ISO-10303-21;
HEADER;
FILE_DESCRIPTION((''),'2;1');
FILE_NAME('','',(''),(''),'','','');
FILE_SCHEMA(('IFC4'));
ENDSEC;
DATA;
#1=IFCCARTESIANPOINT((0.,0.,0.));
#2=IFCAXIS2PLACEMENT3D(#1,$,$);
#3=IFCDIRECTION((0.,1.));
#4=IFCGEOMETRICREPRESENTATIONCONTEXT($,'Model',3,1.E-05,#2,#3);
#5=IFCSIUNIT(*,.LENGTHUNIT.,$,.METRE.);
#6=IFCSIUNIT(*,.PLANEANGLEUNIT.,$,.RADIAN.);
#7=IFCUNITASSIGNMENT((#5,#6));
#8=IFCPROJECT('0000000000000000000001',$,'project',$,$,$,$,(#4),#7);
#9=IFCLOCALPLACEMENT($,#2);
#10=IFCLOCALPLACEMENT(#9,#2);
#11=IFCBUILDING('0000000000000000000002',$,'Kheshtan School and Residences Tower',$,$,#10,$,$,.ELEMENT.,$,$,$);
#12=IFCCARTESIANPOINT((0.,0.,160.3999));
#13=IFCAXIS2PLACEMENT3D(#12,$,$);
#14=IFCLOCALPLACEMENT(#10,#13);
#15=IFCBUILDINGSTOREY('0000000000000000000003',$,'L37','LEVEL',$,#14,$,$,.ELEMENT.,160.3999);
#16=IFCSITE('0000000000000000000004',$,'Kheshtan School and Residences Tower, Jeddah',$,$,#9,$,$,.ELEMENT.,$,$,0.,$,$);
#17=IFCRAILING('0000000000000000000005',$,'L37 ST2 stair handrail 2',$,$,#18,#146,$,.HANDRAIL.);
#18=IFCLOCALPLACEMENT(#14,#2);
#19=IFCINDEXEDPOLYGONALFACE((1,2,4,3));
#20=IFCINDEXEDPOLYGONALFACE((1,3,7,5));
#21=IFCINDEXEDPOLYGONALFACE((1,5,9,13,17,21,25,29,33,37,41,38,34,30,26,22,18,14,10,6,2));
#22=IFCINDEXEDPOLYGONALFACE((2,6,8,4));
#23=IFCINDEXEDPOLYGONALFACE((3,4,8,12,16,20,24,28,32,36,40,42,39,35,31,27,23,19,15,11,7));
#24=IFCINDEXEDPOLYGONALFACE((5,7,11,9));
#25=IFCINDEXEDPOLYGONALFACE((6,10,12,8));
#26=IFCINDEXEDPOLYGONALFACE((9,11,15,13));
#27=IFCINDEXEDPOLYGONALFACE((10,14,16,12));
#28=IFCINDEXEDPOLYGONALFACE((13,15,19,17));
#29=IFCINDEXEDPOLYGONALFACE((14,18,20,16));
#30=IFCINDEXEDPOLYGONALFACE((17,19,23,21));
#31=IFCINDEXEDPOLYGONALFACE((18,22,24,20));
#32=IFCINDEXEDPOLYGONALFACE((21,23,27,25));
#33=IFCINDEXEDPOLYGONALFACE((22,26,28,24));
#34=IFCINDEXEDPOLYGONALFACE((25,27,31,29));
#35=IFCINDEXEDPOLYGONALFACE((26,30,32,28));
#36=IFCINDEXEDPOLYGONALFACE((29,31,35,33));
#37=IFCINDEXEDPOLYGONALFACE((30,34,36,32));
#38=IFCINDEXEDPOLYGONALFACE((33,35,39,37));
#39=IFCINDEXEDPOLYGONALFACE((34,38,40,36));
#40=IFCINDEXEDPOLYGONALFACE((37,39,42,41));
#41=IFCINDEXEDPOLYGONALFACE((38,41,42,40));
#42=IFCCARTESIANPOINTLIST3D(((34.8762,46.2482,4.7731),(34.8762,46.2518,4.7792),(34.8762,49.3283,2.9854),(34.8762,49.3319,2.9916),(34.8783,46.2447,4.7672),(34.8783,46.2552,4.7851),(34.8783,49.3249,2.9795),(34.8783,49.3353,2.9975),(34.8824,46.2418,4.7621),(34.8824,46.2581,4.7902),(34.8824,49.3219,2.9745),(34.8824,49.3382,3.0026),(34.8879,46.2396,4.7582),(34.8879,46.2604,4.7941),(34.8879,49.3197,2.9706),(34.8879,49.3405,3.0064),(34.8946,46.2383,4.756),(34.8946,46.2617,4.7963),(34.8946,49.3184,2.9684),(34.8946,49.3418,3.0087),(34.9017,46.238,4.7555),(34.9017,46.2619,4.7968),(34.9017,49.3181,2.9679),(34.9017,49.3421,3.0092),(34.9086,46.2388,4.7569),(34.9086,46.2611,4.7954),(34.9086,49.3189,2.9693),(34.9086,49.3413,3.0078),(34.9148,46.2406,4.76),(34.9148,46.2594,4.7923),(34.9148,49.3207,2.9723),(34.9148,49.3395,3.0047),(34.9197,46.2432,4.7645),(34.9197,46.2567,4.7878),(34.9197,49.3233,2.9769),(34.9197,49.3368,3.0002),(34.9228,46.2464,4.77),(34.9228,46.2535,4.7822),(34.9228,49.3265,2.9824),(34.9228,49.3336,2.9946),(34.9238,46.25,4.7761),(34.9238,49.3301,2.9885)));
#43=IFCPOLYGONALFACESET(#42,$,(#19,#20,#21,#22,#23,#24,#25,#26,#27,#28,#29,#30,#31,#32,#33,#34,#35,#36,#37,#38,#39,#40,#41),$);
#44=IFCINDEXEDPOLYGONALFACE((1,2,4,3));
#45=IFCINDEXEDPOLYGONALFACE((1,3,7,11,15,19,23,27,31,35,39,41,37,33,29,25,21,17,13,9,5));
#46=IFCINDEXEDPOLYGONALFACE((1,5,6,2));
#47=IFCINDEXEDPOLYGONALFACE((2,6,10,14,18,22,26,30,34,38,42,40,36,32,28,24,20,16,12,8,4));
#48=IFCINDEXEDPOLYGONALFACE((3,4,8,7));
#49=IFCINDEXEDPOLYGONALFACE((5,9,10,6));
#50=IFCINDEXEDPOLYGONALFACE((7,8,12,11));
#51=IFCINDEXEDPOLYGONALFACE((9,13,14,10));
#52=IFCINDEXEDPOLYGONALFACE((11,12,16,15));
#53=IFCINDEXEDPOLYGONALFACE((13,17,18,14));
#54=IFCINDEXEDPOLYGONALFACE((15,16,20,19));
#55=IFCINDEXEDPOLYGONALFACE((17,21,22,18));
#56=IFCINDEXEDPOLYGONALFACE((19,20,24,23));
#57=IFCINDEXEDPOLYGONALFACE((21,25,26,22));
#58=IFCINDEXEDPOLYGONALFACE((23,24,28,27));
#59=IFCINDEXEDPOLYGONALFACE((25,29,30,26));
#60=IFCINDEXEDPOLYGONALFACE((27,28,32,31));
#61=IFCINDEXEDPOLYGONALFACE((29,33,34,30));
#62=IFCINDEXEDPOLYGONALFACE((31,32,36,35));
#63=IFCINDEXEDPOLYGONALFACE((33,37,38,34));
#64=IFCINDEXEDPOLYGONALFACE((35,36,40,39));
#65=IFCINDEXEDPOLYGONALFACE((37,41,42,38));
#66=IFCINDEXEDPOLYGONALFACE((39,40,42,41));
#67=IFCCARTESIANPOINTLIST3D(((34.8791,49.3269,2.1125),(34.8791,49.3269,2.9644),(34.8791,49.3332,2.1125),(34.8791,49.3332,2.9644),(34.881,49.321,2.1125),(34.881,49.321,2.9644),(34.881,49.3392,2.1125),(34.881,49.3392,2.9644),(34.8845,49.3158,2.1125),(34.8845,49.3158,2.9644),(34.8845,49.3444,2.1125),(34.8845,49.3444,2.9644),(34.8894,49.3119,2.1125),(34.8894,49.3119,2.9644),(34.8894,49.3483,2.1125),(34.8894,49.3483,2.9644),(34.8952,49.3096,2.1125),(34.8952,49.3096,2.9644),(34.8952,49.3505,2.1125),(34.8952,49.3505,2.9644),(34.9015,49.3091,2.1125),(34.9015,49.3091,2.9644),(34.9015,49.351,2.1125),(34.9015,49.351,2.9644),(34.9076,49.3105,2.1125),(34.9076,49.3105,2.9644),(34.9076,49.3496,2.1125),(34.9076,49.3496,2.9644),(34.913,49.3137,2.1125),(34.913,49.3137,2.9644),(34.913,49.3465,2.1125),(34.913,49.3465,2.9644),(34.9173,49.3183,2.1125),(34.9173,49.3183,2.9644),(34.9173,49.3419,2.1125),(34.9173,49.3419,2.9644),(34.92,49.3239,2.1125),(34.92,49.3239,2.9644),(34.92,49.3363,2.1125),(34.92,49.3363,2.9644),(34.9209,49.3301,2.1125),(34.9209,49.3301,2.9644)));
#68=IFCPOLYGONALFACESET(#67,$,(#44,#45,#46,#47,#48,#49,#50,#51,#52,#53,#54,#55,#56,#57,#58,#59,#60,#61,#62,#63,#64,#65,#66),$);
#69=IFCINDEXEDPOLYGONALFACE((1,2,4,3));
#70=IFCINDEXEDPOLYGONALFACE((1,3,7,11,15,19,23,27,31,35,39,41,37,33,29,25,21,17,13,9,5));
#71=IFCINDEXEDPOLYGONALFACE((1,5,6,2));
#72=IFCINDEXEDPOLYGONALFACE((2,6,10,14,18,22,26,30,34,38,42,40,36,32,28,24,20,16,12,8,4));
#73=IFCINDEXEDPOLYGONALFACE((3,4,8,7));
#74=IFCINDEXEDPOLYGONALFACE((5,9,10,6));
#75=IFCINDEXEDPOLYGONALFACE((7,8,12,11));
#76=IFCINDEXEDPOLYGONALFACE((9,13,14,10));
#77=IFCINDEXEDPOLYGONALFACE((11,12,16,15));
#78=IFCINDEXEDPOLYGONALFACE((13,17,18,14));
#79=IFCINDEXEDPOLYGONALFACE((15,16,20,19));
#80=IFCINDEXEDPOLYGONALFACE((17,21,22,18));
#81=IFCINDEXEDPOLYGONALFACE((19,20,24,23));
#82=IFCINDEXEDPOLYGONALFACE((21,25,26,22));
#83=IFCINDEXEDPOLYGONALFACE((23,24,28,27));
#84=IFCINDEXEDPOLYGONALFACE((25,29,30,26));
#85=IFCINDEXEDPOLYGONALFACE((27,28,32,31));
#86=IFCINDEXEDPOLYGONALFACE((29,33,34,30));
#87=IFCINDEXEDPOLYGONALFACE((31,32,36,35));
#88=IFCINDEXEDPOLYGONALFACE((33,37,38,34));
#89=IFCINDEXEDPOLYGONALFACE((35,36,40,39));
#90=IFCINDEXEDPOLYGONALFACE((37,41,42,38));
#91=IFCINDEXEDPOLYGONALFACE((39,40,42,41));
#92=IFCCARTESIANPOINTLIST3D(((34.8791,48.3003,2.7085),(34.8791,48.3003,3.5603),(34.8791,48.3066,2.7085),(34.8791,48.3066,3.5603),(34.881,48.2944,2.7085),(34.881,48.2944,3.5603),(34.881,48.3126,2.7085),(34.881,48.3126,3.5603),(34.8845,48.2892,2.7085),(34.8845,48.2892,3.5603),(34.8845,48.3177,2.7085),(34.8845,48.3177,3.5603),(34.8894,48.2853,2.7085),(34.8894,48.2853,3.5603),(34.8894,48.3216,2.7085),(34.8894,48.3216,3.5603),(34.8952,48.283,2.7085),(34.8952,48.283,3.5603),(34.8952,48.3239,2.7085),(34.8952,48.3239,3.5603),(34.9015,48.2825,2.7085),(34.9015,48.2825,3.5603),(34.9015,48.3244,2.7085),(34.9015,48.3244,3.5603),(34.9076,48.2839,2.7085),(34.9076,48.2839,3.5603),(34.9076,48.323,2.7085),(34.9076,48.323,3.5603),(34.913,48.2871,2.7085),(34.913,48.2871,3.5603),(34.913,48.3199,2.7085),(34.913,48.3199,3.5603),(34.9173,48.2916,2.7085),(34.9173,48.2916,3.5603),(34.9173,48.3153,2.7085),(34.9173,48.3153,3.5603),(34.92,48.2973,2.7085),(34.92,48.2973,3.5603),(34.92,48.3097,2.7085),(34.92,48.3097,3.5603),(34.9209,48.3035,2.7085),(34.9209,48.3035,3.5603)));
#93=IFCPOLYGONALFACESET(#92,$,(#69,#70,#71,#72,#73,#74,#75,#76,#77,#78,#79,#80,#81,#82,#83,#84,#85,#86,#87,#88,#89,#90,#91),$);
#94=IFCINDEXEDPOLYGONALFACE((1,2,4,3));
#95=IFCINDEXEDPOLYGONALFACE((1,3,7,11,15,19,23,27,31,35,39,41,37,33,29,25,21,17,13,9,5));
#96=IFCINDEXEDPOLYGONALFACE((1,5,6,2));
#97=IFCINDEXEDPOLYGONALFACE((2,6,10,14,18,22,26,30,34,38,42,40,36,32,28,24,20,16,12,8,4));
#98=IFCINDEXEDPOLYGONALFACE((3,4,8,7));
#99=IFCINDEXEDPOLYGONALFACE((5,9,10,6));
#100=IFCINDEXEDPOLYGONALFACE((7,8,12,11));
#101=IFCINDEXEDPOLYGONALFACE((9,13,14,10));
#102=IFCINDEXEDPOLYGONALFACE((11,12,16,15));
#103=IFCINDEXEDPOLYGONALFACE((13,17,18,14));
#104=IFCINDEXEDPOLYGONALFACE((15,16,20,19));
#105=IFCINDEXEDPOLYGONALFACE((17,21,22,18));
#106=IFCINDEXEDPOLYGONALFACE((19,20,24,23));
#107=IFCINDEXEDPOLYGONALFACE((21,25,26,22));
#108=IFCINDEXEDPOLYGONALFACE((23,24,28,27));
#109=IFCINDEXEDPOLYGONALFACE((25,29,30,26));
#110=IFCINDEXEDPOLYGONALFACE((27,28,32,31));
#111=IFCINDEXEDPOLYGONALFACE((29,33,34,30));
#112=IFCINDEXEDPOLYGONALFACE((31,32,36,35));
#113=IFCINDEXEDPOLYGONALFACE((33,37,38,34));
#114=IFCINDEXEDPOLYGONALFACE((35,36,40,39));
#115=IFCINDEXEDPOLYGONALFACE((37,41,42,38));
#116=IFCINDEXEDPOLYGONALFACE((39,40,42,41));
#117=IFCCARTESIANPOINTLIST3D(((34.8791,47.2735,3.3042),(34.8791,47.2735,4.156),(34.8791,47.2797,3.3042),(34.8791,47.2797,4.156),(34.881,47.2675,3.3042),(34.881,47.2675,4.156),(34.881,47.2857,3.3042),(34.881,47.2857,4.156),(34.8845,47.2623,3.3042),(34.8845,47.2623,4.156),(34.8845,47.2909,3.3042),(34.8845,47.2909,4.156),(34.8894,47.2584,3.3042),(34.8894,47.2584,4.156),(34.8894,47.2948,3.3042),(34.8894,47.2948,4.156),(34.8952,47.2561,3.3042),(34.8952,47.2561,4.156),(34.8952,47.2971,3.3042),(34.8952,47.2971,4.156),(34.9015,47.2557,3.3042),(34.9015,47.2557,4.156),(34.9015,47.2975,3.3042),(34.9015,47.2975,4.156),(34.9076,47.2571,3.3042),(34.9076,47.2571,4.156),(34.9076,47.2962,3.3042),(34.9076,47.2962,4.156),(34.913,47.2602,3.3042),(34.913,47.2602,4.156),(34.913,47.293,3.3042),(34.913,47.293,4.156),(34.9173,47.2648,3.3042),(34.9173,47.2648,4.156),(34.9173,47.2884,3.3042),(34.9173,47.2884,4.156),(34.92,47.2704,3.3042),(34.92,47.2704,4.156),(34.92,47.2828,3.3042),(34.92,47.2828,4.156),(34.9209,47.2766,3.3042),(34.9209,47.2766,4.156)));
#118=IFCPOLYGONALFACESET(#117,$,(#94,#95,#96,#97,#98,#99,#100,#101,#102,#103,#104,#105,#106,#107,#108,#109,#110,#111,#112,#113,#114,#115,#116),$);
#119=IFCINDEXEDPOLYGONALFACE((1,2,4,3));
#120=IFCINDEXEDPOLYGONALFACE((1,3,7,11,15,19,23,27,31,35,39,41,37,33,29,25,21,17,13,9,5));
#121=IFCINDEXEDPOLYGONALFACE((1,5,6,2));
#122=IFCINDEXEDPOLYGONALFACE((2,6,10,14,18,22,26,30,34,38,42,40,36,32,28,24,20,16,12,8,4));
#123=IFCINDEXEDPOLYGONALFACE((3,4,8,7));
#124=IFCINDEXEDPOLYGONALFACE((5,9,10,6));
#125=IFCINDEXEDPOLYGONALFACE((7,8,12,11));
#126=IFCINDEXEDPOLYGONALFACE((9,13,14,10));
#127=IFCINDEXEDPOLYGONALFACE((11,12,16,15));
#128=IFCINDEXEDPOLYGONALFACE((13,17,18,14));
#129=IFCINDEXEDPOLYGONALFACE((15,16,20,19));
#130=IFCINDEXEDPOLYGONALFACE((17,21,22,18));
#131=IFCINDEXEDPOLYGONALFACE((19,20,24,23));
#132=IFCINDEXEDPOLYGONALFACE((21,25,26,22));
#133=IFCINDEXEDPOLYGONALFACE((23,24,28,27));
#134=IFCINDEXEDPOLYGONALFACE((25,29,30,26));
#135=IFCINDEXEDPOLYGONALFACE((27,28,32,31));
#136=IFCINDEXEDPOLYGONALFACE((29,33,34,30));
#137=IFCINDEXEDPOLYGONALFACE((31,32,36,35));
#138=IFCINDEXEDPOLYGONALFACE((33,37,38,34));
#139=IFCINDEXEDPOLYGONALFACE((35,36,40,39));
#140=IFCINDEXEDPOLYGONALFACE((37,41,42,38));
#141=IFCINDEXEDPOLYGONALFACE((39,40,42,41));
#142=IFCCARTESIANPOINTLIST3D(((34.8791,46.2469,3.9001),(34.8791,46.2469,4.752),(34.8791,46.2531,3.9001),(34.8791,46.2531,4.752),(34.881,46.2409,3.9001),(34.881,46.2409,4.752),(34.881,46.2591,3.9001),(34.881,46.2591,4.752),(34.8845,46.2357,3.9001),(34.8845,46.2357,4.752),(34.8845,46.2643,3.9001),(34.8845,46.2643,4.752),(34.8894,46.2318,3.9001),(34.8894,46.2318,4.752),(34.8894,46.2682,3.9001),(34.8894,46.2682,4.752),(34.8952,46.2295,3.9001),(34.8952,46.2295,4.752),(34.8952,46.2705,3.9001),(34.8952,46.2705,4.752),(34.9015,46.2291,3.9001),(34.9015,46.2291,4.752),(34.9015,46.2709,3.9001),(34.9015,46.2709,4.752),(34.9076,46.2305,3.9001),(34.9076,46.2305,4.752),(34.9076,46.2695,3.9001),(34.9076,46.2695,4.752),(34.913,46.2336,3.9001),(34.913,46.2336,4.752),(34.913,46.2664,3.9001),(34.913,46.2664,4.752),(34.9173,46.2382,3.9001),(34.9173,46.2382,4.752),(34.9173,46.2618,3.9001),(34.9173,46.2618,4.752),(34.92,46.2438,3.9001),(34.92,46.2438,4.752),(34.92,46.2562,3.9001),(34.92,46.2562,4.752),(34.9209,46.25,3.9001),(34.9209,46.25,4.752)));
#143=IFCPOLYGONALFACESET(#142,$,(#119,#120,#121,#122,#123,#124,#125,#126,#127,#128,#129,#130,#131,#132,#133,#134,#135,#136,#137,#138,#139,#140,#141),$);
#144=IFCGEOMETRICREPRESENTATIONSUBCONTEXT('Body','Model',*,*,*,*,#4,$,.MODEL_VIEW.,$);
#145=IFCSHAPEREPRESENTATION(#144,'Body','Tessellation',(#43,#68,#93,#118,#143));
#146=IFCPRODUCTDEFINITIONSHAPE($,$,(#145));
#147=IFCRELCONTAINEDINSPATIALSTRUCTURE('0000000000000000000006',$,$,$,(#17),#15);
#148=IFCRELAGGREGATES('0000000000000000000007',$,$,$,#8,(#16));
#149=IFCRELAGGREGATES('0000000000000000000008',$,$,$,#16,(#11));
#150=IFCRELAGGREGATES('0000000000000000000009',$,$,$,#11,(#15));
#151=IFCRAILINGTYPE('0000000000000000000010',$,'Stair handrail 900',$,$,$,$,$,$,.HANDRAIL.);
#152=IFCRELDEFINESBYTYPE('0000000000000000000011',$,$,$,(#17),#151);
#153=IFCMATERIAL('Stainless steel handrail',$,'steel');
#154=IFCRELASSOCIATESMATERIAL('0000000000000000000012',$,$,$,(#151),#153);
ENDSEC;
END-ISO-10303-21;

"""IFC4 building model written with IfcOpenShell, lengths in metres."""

from ifc_helpers import new_model, si_unit, direction, frame, origin, origin_2d, place, context, subcontext, project, spatial, circle, extrude, material, type_object, element, save


model = new_model("IFC4")

# Units and contexts
model_context = context("Model", 3, precision=1e-05, world=origin(), true_north=direction((0.0, 1.0)))
body_context = subcontext(model_context, "Body", "Model", "MODEL_VIEW")
ifc_project = project(units=[si_unit("LENGTHUNIT", "METRE"), si_unit("PLANEANGLEUNIT", "RADIAN")], contexts=[model_context])

# Site, building, storey
site_placement = place(None, origin())
site = spatial("IfcSite", under=ifc_project, at=site_placement, Name="Kheshtan School and Residences Tower, Jeddah", CompositionType="ELEMENT", RefElevation=0.0)
building_placement = place(site_placement, origin())
building = spatial("IfcBuilding", under=site, at=building_placement, Name="Kheshtan School and Residences Tower", CompositionType="ELEMENT")
storey_placement = place(building_placement, frame((0.0, 0.0, 160.3999)))
storey = spatial("IfcBuildingStorey", under=building, at=storey_placement, Name="L37", Description="LEVEL", CompositionType="ELEMENT", Elevation=160.3999)

# Railing
ifc_material_1 = material(Name="Stainless steel handrail", Category="steel")
railing_type_1 = type_object("IfcRailingType", Name="Stair handrail 900", PredefinedType="HANDRAIL", material=ifc_material_1)
railing_1_placement = place(storey_placement, frame((34.8999, 49.3301, 2.1125)))
element("IfcRailing", 1, at=railing_1_placement, inside=storey, type_object=railing_type_1, Name="L37 ST2 stair handrail 2", PredefinedType="HANDRAIL", context=body_context, shape_type="SweptSolid", body=[
    extrude(circle(Radius=0.0239, at=origin_2d()), frame((0.0, 0.0, 0.876), z_axis=(0.0, -0.864891, 0.50196), x_axis=(1.0, 0.0, 0.0)), (0.0, 0.0, 1.0), 3.5613),
    extrude(circle(Radius=0.021, at=origin_2d()), origin(), (0.0, 0.0, 1.0), 0.8518),
    extrude(circle(Radius=0.021, at=origin_2d()), frame((0.0, -1.0266, 0.5959)), (0.0, 0.0, 1.0), 0.8518),
    extrude(circle(Radius=0.021, at=origin_2d()), frame((0.0, -2.0535, 1.1917)), (0.0, 0.0, 1.0), 0.8518),
    extrude(circle(Radius=0.021, at=origin_2d()), frame((0.0, -3.0801, 1.7876)), (0.0, 0.0, 1.0), 0.8518),
])

save(model, "model.ifc")
